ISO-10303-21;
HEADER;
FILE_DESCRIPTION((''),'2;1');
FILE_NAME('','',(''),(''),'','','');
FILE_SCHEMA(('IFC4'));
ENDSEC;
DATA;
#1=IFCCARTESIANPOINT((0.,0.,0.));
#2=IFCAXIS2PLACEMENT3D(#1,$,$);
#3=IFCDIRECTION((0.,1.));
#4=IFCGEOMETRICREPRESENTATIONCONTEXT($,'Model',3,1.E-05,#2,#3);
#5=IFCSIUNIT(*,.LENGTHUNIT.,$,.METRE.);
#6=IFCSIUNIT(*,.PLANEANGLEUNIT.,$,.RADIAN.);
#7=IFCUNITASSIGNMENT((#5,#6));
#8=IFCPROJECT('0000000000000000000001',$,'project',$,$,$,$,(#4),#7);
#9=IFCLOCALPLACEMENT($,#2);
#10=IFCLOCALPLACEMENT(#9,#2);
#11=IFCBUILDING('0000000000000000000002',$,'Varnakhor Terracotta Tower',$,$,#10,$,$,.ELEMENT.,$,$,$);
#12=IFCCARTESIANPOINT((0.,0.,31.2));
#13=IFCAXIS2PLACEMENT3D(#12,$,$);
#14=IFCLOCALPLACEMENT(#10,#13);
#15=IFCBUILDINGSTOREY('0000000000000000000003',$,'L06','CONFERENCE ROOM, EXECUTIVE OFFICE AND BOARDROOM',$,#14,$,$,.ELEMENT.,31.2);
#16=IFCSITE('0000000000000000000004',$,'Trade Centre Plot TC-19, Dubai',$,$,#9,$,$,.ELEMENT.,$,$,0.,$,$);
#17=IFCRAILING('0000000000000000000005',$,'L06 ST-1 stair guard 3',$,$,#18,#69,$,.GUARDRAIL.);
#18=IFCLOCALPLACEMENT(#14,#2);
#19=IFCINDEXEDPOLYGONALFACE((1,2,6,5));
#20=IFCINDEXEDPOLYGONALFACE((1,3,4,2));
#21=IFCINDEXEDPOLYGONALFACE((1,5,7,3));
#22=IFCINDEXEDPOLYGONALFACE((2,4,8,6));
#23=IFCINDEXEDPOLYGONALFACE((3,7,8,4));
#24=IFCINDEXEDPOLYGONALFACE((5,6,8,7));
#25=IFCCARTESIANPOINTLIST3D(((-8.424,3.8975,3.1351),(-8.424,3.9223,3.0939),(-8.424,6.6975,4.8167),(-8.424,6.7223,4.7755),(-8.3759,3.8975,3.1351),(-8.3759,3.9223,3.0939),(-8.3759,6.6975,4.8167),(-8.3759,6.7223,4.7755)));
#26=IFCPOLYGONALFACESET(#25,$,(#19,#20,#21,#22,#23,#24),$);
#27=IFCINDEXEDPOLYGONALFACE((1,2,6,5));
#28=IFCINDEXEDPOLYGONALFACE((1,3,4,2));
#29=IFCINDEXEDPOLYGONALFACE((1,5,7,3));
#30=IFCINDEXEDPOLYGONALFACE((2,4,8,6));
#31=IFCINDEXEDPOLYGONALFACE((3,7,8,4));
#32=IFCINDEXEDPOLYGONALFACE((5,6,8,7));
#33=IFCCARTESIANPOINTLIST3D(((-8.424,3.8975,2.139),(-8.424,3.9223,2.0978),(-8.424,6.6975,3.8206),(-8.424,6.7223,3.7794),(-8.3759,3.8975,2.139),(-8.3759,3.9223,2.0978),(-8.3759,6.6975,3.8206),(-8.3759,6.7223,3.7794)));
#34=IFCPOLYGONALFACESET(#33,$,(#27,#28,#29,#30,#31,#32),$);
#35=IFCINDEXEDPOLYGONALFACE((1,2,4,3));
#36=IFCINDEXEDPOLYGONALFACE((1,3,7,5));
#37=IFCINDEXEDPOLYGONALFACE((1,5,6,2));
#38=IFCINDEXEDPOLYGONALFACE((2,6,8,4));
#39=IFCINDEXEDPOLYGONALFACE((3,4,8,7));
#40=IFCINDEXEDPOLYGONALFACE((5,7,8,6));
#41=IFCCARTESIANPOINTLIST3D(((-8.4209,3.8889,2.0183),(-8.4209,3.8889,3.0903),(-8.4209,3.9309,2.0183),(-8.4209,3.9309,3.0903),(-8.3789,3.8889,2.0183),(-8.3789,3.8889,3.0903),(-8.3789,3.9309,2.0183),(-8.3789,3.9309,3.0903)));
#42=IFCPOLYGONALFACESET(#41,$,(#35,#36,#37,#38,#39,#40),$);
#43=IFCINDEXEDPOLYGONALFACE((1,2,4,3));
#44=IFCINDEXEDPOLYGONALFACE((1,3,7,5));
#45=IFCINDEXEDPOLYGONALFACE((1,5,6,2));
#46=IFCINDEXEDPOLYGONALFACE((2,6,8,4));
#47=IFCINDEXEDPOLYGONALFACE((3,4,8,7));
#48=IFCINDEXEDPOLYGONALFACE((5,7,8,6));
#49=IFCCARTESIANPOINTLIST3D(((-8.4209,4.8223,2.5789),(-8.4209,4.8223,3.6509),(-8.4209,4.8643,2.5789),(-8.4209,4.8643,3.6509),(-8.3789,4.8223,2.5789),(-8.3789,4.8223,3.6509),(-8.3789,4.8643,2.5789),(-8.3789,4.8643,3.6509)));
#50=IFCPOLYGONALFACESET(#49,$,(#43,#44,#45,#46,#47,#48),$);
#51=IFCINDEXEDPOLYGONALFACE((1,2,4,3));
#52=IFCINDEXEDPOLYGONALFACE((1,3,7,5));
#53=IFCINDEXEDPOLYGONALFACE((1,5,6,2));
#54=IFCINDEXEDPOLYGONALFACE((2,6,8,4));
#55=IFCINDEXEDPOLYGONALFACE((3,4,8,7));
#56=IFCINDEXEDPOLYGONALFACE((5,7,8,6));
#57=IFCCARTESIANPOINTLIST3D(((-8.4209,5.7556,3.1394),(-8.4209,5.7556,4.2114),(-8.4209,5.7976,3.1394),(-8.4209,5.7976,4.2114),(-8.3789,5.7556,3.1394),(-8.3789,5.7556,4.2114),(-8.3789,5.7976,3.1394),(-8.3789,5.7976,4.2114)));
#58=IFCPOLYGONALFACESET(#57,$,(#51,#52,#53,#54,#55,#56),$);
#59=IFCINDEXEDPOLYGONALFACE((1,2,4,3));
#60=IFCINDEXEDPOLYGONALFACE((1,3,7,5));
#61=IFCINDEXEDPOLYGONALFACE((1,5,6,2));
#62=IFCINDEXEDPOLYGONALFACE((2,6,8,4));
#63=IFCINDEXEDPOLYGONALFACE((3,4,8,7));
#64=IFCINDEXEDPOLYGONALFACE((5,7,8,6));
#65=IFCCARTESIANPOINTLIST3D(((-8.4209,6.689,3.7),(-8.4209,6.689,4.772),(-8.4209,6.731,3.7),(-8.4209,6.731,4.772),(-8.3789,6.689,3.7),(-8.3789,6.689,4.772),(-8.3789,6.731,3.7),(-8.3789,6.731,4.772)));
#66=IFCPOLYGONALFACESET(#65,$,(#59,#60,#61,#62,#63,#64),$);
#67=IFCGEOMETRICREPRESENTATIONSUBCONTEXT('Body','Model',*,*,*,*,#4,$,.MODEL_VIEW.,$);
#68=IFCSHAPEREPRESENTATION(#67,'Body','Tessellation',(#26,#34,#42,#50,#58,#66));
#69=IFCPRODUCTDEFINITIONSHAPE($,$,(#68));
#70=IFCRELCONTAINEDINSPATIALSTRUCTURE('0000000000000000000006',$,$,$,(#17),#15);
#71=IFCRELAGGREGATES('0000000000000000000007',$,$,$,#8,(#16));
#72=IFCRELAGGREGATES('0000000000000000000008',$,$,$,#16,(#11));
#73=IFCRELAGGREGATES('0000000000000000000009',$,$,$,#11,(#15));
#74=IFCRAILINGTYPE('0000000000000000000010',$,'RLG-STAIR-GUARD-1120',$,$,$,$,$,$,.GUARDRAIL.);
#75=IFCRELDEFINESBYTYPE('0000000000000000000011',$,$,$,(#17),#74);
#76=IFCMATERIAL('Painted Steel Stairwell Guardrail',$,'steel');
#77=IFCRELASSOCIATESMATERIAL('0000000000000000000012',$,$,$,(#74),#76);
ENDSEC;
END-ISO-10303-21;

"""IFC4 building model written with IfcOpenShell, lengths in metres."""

from ifc_helpers import new_model, si_unit, direction, frame, origin, origin_2d, place, context, subcontext, project, spatial, rectangle, extrude, material, type_object, element, save


model = new_model("IFC4")

# Units and contexts
model_context = context("Model", 3, precision=1e-05, world=origin(), true_north=direction((0.0, 1.0)))
body_context = subcontext(model_context, "Body", "Model", "MODEL_VIEW")
ifc_project = project(units=[si_unit("LENGTHUNIT", "METRE"), si_unit("PLANEANGLEUNIT", "RADIAN")], contexts=[model_context])

# Site, building, storey
site_placement = place(None, origin())
site = spatial("IfcSite", under=ifc_project, at=site_placement, Name="Trade Centre Plot TC-19, Dubai", CompositionType="ELEMENT", RefElevation=0.0)
building_placement = place(site_placement, origin())
building = spatial("IfcBuilding", under=site, at=building_placement, Name="Varnakhor Terracotta Tower", CompositionType="ELEMENT")
storey_placement = place(building_placement, frame((0.0, 0.0, 31.2)))
storey = spatial("IfcBuildingStorey", under=building, at=storey_placement, Name="L06", Description="CONFERENCE ROOM, EXECUTIVE OFFICE AND BOARDROOM", CompositionType="ELEMENT", Elevation=31.2)

# Railing
ifc_material_1 = material(Name="Painted Steel Stairwell Guardrail", Category="steel")
railing_type = type_object("IfcRailingType", Name="RLG-STAIR-GUARD-1120", PredefinedType="GUARDRAIL", material=ifc_material_1)
railing_1_placement = place(storey_placement, frame((-8.3999, 3.9099, 2.0183)))
element("IfcRailing", 1, at=railing_1_placement, inside=storey, type_object=railing_type, Name="L06 ST-1 stair guard 3", PredefinedType="GUARDRAIL", context=body_context, shape_type="SweptSolid", body=[
    extrude(rectangle(XDim=0.0481, YDim=0.0481, at=origin_2d()), frame((0.0, 0.0, 1.0962), z_axis=(0.0, 0.857275, 0.514858), x_axis=(-1.0, 0.0, 0.0)), (0.0, 0.0, 1.0), 3.2661),
    extrude(rectangle(XDim=0.0481, YDim=0.0481, at=origin_2d()), frame((0.0, 0.0, 0.1001), z_axis=(0.0, 0.857275, 0.514858), x_axis=(-1.0, 0.0, 0.0)), (0.0, 0.0, 1.0), 3.2661),
    extrude(rectangle(XDim=0.042, YDim=0.042, at=origin_2d()), origin(), (0.0, 0.0, 1.0), 1.072),
    extrude(rectangle(XDim=0.042, YDim=0.042, at=origin_2d()), frame((0.0, 0.9333, 0.5605)), (0.0, 0.0, 1.0), 1.072),
    extrude(rectangle(XDim=0.042, YDim=0.042, at=origin_2d()), frame((0.0, 1.8667, 1.1211)), (0.0, 0.0, 1.0), 1.072),
    extrude(rectangle(XDim=0.042, YDim=0.042, at=origin_2d()), frame((0.0, 2.8, 1.6816)), (0.0, 0.0, 1.0), 1.072),
])

save(model, "model.ifc")
